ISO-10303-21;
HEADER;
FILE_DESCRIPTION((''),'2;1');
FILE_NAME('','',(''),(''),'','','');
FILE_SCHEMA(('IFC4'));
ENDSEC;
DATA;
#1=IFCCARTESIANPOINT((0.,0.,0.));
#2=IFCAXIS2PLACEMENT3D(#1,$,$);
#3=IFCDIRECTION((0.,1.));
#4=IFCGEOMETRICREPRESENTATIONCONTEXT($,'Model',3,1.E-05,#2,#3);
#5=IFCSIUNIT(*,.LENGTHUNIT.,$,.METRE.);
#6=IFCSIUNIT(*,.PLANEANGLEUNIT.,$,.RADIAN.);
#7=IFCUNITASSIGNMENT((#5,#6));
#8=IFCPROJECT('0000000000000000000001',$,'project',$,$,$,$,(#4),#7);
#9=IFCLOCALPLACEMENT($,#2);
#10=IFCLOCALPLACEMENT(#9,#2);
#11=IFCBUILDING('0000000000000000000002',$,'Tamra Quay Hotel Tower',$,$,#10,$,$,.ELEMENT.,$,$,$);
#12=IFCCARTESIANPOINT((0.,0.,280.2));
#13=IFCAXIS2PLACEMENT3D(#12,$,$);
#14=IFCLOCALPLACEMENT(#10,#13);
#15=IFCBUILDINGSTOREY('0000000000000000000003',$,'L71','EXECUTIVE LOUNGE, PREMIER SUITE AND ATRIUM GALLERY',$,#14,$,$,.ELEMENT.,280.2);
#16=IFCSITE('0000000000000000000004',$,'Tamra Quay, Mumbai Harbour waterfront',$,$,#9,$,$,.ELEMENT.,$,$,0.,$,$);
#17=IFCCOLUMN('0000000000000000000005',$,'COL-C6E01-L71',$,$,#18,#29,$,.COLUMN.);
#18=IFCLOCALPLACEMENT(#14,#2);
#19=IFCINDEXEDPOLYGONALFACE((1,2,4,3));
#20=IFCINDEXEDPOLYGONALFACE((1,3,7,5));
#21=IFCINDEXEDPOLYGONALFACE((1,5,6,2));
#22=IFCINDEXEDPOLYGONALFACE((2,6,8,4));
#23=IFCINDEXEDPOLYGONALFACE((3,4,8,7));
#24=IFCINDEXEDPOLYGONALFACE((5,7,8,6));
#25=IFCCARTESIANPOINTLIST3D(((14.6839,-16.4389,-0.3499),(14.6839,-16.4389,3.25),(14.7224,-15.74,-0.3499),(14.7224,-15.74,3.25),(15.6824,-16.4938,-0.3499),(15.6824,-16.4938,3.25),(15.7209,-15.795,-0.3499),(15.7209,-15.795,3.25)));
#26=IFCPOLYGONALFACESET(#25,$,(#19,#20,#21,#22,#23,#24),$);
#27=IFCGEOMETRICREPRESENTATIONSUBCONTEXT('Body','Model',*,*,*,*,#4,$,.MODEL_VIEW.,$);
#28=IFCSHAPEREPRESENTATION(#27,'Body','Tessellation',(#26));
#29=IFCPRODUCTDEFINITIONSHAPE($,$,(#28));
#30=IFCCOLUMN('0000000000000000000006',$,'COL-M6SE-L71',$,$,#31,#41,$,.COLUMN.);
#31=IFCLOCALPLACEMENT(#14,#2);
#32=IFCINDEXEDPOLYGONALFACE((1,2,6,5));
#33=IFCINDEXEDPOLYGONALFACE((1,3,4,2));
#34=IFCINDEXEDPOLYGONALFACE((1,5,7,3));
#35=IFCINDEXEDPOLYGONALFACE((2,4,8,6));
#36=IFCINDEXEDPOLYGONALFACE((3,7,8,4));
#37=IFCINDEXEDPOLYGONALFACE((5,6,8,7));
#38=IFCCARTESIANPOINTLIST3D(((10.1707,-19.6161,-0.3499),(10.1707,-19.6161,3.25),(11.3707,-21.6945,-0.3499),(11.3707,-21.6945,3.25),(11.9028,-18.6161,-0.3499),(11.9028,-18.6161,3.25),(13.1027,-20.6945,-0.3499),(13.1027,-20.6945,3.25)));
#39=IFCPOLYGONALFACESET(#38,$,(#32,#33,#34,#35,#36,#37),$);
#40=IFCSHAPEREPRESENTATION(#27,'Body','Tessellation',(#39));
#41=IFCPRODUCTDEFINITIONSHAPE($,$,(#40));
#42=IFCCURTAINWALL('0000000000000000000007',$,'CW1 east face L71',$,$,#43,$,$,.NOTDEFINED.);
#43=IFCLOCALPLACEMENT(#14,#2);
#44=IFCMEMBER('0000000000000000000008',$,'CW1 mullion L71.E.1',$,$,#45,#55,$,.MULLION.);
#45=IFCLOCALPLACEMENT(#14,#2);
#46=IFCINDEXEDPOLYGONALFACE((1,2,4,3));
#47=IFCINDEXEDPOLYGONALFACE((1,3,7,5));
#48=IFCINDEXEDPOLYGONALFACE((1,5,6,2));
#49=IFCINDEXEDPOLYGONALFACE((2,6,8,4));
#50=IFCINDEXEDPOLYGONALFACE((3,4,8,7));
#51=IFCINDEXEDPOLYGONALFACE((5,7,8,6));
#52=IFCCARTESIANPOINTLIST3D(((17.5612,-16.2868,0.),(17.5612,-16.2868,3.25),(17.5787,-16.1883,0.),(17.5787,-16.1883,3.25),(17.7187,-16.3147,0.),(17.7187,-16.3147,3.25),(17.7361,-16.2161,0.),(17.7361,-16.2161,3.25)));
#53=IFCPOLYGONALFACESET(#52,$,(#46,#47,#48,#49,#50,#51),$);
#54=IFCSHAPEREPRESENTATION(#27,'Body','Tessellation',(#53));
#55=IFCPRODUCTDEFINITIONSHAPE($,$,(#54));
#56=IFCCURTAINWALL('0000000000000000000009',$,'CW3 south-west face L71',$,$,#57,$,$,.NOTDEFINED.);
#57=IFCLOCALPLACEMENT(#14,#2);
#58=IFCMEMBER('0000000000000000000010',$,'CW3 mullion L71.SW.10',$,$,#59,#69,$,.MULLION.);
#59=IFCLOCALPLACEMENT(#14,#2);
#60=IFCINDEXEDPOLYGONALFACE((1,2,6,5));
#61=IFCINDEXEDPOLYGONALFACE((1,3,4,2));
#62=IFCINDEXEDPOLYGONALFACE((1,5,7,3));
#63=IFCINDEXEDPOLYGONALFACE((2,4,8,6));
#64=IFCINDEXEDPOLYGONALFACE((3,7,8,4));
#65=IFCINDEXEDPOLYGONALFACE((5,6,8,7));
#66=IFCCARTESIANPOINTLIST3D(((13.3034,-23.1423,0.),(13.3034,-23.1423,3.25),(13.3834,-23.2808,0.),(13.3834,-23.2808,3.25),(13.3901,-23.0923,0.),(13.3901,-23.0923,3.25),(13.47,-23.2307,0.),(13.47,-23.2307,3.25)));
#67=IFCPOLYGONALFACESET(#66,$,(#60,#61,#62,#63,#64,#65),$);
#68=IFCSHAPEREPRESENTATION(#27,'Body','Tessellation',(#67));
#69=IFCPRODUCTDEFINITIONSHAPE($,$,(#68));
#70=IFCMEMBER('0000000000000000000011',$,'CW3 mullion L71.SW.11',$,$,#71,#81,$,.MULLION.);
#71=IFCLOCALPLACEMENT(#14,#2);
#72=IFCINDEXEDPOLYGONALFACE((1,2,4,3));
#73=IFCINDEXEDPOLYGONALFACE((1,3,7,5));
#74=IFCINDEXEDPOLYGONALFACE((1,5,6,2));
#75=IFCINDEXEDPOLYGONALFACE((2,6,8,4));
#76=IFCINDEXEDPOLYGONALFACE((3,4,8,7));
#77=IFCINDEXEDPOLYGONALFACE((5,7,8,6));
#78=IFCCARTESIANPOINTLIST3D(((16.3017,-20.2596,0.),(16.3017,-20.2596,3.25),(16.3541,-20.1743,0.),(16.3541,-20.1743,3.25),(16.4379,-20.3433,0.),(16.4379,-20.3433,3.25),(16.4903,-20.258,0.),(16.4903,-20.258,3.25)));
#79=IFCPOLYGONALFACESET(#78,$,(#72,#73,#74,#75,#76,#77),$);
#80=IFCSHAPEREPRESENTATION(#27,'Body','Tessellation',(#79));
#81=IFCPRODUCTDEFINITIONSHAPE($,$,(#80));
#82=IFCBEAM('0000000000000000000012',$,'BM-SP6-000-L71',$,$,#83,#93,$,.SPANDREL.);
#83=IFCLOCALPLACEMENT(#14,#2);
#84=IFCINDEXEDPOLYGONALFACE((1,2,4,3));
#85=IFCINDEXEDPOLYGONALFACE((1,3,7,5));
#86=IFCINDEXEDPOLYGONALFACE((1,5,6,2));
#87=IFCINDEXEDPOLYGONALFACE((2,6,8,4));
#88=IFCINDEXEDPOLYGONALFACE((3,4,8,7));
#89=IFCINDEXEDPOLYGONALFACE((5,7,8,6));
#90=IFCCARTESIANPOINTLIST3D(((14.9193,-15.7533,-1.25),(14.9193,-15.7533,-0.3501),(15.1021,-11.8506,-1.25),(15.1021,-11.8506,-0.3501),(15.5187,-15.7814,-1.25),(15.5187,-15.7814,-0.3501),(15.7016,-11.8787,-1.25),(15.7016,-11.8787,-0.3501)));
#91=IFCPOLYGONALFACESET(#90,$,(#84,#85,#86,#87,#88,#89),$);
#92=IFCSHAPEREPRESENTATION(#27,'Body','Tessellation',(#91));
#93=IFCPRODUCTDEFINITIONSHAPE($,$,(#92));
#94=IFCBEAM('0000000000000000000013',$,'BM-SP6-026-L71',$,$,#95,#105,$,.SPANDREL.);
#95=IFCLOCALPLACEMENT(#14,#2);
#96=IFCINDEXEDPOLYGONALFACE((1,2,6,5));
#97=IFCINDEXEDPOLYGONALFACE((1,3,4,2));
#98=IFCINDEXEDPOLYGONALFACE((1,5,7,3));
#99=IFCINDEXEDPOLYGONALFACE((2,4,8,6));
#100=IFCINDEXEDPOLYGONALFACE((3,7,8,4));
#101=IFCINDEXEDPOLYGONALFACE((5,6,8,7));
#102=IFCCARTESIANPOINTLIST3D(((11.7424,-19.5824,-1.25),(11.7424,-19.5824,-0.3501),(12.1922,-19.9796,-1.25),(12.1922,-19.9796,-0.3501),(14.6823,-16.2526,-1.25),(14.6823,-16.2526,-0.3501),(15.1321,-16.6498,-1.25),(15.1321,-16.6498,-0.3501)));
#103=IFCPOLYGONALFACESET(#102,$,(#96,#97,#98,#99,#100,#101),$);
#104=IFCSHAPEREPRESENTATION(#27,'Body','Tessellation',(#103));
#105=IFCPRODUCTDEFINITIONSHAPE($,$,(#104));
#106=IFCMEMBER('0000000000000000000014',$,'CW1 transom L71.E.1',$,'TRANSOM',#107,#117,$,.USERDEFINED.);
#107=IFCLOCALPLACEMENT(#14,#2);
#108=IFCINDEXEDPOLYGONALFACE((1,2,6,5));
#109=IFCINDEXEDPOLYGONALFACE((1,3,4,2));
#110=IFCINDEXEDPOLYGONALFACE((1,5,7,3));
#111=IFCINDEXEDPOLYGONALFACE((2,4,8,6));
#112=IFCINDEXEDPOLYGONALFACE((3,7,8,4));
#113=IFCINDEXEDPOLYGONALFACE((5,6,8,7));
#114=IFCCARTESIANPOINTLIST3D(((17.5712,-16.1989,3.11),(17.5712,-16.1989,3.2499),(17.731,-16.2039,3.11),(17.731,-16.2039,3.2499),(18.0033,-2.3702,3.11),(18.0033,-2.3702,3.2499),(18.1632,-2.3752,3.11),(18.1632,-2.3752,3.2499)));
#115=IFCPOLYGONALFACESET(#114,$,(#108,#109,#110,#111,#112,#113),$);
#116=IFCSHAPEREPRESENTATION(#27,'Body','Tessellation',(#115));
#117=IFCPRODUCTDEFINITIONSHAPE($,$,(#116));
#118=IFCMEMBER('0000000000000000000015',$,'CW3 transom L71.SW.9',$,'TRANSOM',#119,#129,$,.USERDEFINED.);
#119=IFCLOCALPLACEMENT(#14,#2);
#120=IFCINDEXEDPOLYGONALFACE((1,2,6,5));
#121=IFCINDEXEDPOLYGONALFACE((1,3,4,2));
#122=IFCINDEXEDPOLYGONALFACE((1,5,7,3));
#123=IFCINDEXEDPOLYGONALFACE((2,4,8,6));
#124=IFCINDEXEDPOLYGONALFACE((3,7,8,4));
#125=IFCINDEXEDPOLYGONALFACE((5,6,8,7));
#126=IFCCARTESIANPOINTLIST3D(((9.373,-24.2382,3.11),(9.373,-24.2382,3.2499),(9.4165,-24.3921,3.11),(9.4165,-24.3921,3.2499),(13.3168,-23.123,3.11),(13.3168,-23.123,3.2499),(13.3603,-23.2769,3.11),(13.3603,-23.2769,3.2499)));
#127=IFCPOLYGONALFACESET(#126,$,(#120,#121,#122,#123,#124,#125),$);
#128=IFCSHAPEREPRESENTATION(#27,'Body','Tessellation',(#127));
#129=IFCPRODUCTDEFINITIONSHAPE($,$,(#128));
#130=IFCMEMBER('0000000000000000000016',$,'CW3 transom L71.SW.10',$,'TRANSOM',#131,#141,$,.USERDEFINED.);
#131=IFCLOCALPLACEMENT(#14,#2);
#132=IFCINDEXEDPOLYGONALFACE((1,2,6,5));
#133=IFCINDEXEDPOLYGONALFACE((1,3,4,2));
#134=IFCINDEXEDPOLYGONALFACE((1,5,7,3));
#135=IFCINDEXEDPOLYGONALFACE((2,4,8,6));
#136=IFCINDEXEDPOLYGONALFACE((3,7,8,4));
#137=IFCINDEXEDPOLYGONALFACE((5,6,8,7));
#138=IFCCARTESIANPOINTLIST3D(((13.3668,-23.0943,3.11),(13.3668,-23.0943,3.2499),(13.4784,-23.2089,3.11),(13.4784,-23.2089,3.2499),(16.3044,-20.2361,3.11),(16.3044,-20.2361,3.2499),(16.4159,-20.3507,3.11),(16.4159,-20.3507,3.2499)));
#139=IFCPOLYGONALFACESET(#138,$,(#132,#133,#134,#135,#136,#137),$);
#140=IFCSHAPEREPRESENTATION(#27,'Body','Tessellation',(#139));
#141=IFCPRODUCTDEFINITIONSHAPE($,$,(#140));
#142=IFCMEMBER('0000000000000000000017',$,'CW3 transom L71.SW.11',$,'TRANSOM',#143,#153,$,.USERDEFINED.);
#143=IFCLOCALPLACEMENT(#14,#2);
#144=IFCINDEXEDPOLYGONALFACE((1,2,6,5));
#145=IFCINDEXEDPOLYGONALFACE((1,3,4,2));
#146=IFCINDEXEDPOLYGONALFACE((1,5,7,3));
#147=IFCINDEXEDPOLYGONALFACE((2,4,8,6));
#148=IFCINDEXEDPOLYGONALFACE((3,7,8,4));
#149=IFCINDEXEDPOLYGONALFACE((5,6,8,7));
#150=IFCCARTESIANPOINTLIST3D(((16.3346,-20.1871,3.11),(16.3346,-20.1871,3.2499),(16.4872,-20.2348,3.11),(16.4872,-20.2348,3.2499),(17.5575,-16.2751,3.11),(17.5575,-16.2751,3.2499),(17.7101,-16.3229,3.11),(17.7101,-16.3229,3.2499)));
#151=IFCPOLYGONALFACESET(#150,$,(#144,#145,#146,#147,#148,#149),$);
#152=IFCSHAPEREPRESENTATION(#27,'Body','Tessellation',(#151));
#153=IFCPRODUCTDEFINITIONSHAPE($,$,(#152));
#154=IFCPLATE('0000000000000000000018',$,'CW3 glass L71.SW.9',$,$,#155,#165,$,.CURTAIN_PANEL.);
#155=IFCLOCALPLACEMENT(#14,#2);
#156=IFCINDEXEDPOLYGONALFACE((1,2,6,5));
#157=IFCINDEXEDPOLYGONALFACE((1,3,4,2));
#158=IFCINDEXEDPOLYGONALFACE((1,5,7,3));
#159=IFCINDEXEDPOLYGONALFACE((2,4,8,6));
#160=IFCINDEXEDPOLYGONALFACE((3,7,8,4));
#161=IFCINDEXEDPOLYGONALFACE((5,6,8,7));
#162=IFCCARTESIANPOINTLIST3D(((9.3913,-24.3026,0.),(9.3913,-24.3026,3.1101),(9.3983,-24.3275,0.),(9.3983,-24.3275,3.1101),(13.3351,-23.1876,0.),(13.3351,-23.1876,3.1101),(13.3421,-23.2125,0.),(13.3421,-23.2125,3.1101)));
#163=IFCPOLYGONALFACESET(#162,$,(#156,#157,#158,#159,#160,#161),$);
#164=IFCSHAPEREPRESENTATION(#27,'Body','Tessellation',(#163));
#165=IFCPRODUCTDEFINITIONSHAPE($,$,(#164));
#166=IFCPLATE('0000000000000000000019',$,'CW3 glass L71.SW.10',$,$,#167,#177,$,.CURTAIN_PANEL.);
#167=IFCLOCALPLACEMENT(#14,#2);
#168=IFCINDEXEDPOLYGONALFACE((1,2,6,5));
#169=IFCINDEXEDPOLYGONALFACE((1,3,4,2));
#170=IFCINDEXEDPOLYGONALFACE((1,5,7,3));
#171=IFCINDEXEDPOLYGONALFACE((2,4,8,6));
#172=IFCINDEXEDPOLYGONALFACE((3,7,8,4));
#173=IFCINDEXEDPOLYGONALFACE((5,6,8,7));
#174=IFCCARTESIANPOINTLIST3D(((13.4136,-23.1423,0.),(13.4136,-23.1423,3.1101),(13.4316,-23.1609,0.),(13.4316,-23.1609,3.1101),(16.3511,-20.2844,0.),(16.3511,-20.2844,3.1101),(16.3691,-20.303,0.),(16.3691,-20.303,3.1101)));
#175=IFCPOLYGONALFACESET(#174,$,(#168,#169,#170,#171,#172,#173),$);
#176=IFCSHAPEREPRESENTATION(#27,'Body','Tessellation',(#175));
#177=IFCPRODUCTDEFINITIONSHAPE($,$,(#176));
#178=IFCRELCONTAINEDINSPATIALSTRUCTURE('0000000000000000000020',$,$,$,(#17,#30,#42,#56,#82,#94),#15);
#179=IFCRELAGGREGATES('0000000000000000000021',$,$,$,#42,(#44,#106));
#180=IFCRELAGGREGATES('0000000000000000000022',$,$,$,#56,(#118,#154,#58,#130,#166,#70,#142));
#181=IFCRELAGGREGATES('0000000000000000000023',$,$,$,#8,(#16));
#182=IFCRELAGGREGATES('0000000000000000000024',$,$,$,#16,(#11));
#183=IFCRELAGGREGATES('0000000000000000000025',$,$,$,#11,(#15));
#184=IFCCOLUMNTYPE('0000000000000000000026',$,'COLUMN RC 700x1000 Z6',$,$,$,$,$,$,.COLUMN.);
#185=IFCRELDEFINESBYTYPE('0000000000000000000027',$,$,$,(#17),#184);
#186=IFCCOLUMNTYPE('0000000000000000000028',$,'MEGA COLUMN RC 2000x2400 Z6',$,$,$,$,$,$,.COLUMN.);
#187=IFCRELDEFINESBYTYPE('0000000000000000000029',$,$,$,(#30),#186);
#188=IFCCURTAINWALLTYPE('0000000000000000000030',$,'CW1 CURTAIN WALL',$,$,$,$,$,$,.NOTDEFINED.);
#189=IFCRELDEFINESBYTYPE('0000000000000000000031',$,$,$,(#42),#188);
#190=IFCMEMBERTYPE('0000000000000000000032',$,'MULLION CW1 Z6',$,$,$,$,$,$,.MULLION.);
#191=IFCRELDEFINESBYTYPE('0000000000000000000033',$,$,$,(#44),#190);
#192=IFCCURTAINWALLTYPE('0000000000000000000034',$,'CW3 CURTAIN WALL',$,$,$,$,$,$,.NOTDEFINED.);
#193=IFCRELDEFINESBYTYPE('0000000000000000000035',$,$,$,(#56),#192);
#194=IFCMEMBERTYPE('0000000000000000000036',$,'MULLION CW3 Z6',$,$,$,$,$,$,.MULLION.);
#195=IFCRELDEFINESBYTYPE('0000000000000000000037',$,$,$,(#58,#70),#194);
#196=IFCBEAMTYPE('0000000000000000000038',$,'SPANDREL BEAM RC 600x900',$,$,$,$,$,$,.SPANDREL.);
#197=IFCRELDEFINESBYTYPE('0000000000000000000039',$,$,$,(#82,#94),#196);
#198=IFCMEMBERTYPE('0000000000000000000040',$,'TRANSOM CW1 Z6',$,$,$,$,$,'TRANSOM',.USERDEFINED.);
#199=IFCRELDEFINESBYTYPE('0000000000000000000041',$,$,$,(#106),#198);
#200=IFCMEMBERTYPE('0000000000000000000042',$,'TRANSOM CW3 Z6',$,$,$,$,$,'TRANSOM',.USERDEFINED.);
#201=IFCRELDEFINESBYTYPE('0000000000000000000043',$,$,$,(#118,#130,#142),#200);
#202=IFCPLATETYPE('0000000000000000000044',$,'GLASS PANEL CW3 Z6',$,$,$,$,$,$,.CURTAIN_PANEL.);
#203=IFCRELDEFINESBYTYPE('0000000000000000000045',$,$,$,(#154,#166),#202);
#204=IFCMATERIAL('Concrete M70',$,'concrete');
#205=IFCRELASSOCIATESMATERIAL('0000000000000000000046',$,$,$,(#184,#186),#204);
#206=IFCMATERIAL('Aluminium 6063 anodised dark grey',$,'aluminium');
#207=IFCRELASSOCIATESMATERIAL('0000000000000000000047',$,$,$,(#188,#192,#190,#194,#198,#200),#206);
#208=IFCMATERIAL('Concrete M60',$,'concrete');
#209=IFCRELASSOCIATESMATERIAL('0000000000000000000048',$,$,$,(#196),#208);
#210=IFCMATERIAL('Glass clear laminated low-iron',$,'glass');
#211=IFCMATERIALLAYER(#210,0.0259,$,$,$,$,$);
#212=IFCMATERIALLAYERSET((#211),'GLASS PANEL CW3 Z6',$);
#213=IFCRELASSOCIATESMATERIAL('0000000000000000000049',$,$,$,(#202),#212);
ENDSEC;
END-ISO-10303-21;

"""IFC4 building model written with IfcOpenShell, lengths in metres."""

from ifc_helpers import new_model, si_unit, direction, frame, origin, origin_2d, place, context, subcontext, project, spatial, rectangle, extrude, material, layer, layer_set, material_profile, profile_set, type_object, element, aggregate, save


model = new_model("IFC4")

# Units and contexts
model_context = context("Model", 3, precision=1e-05, world=origin(), true_north=direction((0.0, 1.0)))
body_context = subcontext(model_context, "Body", "Model", "MODEL_VIEW")
ifc_project = project(units=[si_unit("LENGTHUNIT", "METRE"), si_unit("PLANEANGLEUNIT", "RADIAN")], contexts=[model_context])

# Site, building, storey
site_placement = place(None, origin())
site = spatial("IfcSite", under=ifc_project, at=site_placement, Name="Tamra Quay, Mumbai Harbour waterfront", CompositionType="ELEMENT", RefElevation=0.0)
building_placement = place(site_placement, origin())
building = spatial("IfcBuilding", under=site, at=building_placement, Name="Tamra Quay Hotel Tower", CompositionType="ELEMENT")
storey_placement = place(building_placement, frame((0.0, 0.0, 280.2)))
storey = spatial("IfcBuildingStorey", under=building, at=storey_placement, Name="L71", Description="EXECUTIVE LOUNGE, PREMIER SUITE AND ATRIUM GALLERY", CompositionType="ELEMENT", Elevation=280.2)

# Columns
ifc_material_1 = material(Name="Concrete M70", Category="concrete")
ifc_material_profile_1 = material_profile(ifc_material_1, rectangle(XDim=1.0, YDim=0.7, at=origin_2d()), Name="COLUMN RC 700x1000 Z6")
ifc_profile_set_1 = profile_set([ifc_material_profile_1], Name="Concrete M70")
column_type_1 = type_object("IfcColumnType", Name="COLUMN RC 700x1000 Z6", PredefinedType="COLUMN", material=ifc_profile_set_1)
column_1_placement = place(storey_placement, frame((15.2024, -16.1169, -0.3499), z_axis=(0.0, 0.0, 1.0), x_axis=(-0.998491, 0.054917, 0.0)))
element("IfcColumn", 1, at=column_1_placement, inside=storey, type_object=column_type_1, Name="COL-C6E01-L71", PredefinedType="COLUMN", context=body_context, shape_type="SweptSolid", body=[
    extrude(rectangle(XDim=1.0, YDim=0.7, at=origin_2d()), origin(), (0.0, 0.0, 1.0), 3.5999),
])
ifc_material_profile_2 = material_profile(ifc_material_1, rectangle(XDim=2.3999, YDim=2.0, at=origin_2d()), Name="MEGA COLUMN RC 2000x2400 Z6")
ifc_profile_set_2 = profile_set([ifc_material_profile_2], Name="Concrete M70")
column_type_2 = type_object("IfcColumnType", Name="MEGA COLUMN RC 2000x2400 Z6", PredefinedType="COLUMN", material=ifc_profile_set_2)
column_2_placement = place(storey_placement, frame((11.6367, -20.1553, -0.3499), z_axis=(0.0, 0.0, 1.0), x_axis=(-0.5, 0.866025, 0.0)))
element("IfcColumn", 2, at=column_2_placement, inside=storey, type_object=column_type_2, Name="COL-M6SE-L71", PredefinedType="COLUMN", context=body_context, shape_type="SweptSolid", body=[
    extrude(rectangle(XDim=2.3999, YDim=2.0, at=origin_2d()), origin(), (0.0, 0.0, 1.0), 3.5999),
])

# Curtain wall, member
ifc_material_2 = material(Name="Aluminium 6063 anodised dark grey", Category="aluminium")
curtain_wall_type_1 = type_object("IfcCurtainWallType", Name="CW1 CURTAIN WALL", PredefinedType="NOTDEFINED", material=ifc_material_2)
curtain_wall_1_placement = place(storey_placement, origin())
curtain_wall_1 = element("IfcCurtainWall", 3, at=curtain_wall_1_placement, inside=storey, type_object=curtain_wall_type_1, Name="CW1 east face L71", PredefinedType="NOTDEFINED")
ifc_material_profile_3 = material_profile(ifc_material_2, rectangle(XDim=0.1599, YDim=0.1001, at=origin_2d()), Name="MULLION 100X160")
ifc_profile_set_3 = profile_set([ifc_material_profile_3], Name="Aluminium 6063 anodised dark grey")
member_type_1 = type_object("IfcMemberType", Name="MULLION CW1 Z6", PredefinedType="MULLION", material=ifc_profile_set_3)
member_1_placement = place(storey_placement, frame((17.6487, -16.2515, 0.0), z_axis=(0.0, 0.0, 1.0), x_axis=(0.98474, -0.174032, 0.0)))
member_1 = element("IfcMember", 4, at=member_1_placement, type_object=member_type_1, Name="CW1 mullion L71.E.1", PredefinedType="MULLION", context=body_context, shape_type="SweptSolid", body=[
    extrude(rectangle(XDim=0.1599, YDim=0.1001, at=origin_2d()), origin(), (0.0, 0.0, 1.0), 3.25),
])

# Curtain wall, members
curtain_wall_type_2 = type_object("IfcCurtainWallType", Name="CW3 CURTAIN WALL", PredefinedType="NOTDEFINED", material=ifc_material_2)
curtain_wall_2_placement = place(storey_placement, origin())
curtain_wall_2 = element("IfcCurtainWall", 5, at=curtain_wall_2_placement, inside=storey, type_object=curtain_wall_type_2, Name="CW3 south-west face L71", PredefinedType="NOTDEFINED")
ifc_material_profile_4 = material_profile(ifc_material_2, rectangle(XDim=0.1599, YDim=0.1001, at=origin_2d()), Name="MULLION 100X160")
ifc_profile_set_4 = profile_set([ifc_material_profile_4], Name="Aluminium 6063 anodised dark grey")
member_type_2 = type_object("IfcMemberType", Name="MULLION CW3 Z6", PredefinedType="MULLION", material=ifc_profile_set_4)
member_2_placement = place(storey_placement, frame((13.3867, -23.1865, 0.0), z_axis=(0.0, 0.0, 1.0), x_axis=(0.5, -0.866025, 0.0)))
member_2 = element("IfcMember", 6, at=member_2_placement, type_object=member_type_2, Name="CW3 mullion L71.SW.10", PredefinedType="MULLION", context=body_context, shape_type="SweptSolid", body=[
    extrude(rectangle(XDim=0.1599, YDim=0.1001, at=origin_2d()), origin(), (0.0, 0.0, 1.0), 3.25),
])
member_3_placement = place(storey_placement, frame((16.396, -20.2588, 0.0), z_axis=(0.0, 0.0, 1.0), x_axis=(0.851964, -0.5236, 0.0)))
member_3 = element("IfcMember", 7, at=member_3_placement, type_object=member_type_2, Name="CW3 mullion L71.SW.11", PredefinedType="MULLION", context=body_context, shape_type="SweptSolid", body=[
    extrude(rectangle(XDim=0.1599, YDim=0.1001, at=origin_2d()), origin(), (0.0, 0.0, 1.0), 3.25),
])

# Beams
ifc_material_3 = material(Name="Concrete M60", Category="concrete")
ifc_material_profile_5 = material_profile(ifc_material_3, rectangle(XDim=0.6001, YDim=0.8999, at=origin_2d()), Name="SPANDREL BEAM RC 600x900")
ifc_profile_set_5 = profile_set([ifc_material_profile_5], Name="Concrete M60")
beam_type = type_object("IfcBeamType", Name="SPANDREL BEAM RC 600x900", PredefinedType="SPANDREL", material=ifc_profile_set_5)
beam_1_placement = place(storey_placement, frame((15.219, -15.7673, -0.8), z_axis=(0.046805, 0.998904, 0.0), x_axis=(-0.998904, 0.046805, 0.0)))
element("IfcBeam", 8, at=beam_1_placement, inside=storey, type_object=beam_type, Name="BM-SP6-000-L71", PredefinedType="SPANDREL", context=body_context, shape_type="SweptSolid", body=[
    extrude(rectangle(XDim=0.6001, YDim=0.8999, at=origin_2d()), origin(), (0.0, 0.0, 1.0), 3.907),
])
beam_2_placement = place(storey_placement, frame((11.9673, -19.781, -0.8), z_axis=(0.661856, 0.749631, 0.0), x_axis=(-0.749631, 0.661856, 0.0)))
element("IfcBeam", 9, at=beam_2_placement, inside=storey, type_object=beam_type, Name="BM-SP6-026-L71", PredefinedType="SPANDREL", context=body_context, shape_type="SweptSolid", body=[
    extrude(rectangle(XDim=0.6001, YDim=0.8999, at=origin_2d()), origin(), (0.0, 0.0, 1.0), 4.4419),
])

# Members
ifc_material_profile_6 = material_profile(ifc_material_2, rectangle(XDim=0.1599, YDim=0.1399, at=origin_2d()), Name="TRANSOM 160X140")
ifc_profile_set_6 = profile_set([ifc_material_profile_6], Name="Aluminium 6063 anodised dark grey")
member_type_3 = type_object("IfcMemberType", Name="TRANSOM CW1 Z6", ElementType="TRANSOM", PredefinedType="USERDEFINED", material=ifc_profile_set_6)
member_4_placement = place(storey_placement, frame((17.6511, -16.2014, 3.1799), z_axis=(0.031234, 0.999512, 0.0), x_axis=(-0.999512, 0.031234, 0.0)))
member_4 = element("IfcMember", 10, at=member_4_placement, type_object=member_type_3, Name="CW1 transom L71.E.1", ObjectType="TRANSOM", PredefinedType="USERDEFINED", context=body_context, shape_type="SweptSolid", body=[
    extrude(rectangle(XDim=0.1599, YDim=0.1399, at=origin_2d()), origin(), (0.0, 0.0, 1.0), 13.8354),
])
aggregate(curtain_wall_1, [member_1, member_4])
ifc_material_profile_7 = material_profile(ifc_material_2, rectangle(XDim=0.1599, YDim=0.1399, at=origin_2d()), Name="TRANSOM 160X140")
ifc_profile_set_7 = profile_set([ifc_material_profile_7], Name="Aluminium 6063 anodised dark grey")
member_type_4 = type_object("IfcMemberType", Name="TRANSOM CW3 Z6", ElementType="TRANSOM", PredefinedType="USERDEFINED", material=ifc_profile_set_7)
member_5_placement = place(storey_placement, frame((9.3948, -24.3152, 3.1799), z_axis=(0.962267, 0.272108, 0.0), x_axis=(-0.272108, 0.962267, 0.0)))
member_5 = element("IfcMember", 11, at=member_5_placement, type_object=member_type_4, Name="CW3 transom L71.SW.9", ObjectType="TRANSOM", PredefinedType="USERDEFINED", context=body_context, shape_type="SweptSolid", body=[
    extrude(rectangle(XDim=0.1599, YDim=0.1399, at=origin_2d()), origin(), (0.0, 0.0, 1.0), 4.0984),
])
member_6_placement = place(storey_placement, frame((13.4226, -23.1516, 3.1799), z_axis=(0.71672, 0.697361, 0.0), x_axis=(-0.697361, 0.71672, 0.0)))
member_6 = element("IfcMember", 12, at=member_6_placement, type_object=member_type_4, Name="CW3 transom L71.SW.10", ObjectType="TRANSOM", PredefinedType="USERDEFINED", context=body_context, shape_type="SweptSolid", body=[
    extrude(rectangle(XDim=0.1599, YDim=0.1399, at=origin_2d()), origin(), (0.0, 0.0, 1.0), 4.0986),
])
member_7_placement = place(storey_placement, frame((16.4109, -20.2109, 3.1799), z_axis=(0.298373, 0.954449, 0.0), x_axis=(-0.954449, 0.298373, 0.0)))
member_7 = element("IfcMember", 13, at=member_7_placement, type_object=member_type_4, Name="CW3 transom L71.SW.11", ObjectType="TRANSOM", PredefinedType="USERDEFINED", context=body_context, shape_type="SweptSolid", body=[
    extrude(rectangle(XDim=0.1599, YDim=0.1399, at=origin_2d()), origin(), (0.0, 0.0, 1.0), 4.0986),
])

# Plates
ifc_material_4 = material(Name="Glass clear laminated low-iron", Category="glass")
ifc_layer_1 = layer(ifc_material_4, 0.0259)
ifc_layer_set_1 = layer_set([ifc_layer_1], Name="GLASS PANEL CW3 Z6")
plate_type = type_object("IfcPlateType", Name="GLASS PANEL CW3 Z6", PredefinedType="CURTAIN_PANEL", material=ifc_layer_set_1)
plate_1_placement = place(storey_placement, frame((11.3667, -23.7576, 0.0), z_axis=(0.0, 0.0, 1.0), x_axis=(0.96228, 0.272062, 0.0)))
plate_1 = element("IfcPlate", 14, at=plate_1_placement, type_object=plate_type, Name="CW3 glass L71.SW.9", PredefinedType="CURTAIN_PANEL", context=body_context, shape_type="SweptSolid", body=[
    extrude(rectangle(XDim=4.0984, YDim=0.0259, at=origin_2d()), origin(), (0.0, 0.0, 1.0), 3.1101),
])
plate_2_placement = place(storey_placement, frame((14.8914, -21.7227, 0.0), z_axis=(0.0, 0.0, 1.0), x_axis=(0.716753, 0.697327, 0.0)))
plate_2 = element("IfcPlate", 15, at=plate_2_placement, type_object=plate_type, Name="CW3 glass L71.SW.10", PredefinedType="CURTAIN_PANEL", context=body_context, shape_type="SweptSolid", body=[
    extrude(rectangle(XDim=4.0984, YDim=0.0259, at=origin_2d()), origin(), (0.0, 0.0, 1.0), 3.1101),
])
aggregate(curtain_wall_2, [member_5, plate_1, member_2, member_6, plate_2, member_3, member_7])

save(model, "model.ifc")
